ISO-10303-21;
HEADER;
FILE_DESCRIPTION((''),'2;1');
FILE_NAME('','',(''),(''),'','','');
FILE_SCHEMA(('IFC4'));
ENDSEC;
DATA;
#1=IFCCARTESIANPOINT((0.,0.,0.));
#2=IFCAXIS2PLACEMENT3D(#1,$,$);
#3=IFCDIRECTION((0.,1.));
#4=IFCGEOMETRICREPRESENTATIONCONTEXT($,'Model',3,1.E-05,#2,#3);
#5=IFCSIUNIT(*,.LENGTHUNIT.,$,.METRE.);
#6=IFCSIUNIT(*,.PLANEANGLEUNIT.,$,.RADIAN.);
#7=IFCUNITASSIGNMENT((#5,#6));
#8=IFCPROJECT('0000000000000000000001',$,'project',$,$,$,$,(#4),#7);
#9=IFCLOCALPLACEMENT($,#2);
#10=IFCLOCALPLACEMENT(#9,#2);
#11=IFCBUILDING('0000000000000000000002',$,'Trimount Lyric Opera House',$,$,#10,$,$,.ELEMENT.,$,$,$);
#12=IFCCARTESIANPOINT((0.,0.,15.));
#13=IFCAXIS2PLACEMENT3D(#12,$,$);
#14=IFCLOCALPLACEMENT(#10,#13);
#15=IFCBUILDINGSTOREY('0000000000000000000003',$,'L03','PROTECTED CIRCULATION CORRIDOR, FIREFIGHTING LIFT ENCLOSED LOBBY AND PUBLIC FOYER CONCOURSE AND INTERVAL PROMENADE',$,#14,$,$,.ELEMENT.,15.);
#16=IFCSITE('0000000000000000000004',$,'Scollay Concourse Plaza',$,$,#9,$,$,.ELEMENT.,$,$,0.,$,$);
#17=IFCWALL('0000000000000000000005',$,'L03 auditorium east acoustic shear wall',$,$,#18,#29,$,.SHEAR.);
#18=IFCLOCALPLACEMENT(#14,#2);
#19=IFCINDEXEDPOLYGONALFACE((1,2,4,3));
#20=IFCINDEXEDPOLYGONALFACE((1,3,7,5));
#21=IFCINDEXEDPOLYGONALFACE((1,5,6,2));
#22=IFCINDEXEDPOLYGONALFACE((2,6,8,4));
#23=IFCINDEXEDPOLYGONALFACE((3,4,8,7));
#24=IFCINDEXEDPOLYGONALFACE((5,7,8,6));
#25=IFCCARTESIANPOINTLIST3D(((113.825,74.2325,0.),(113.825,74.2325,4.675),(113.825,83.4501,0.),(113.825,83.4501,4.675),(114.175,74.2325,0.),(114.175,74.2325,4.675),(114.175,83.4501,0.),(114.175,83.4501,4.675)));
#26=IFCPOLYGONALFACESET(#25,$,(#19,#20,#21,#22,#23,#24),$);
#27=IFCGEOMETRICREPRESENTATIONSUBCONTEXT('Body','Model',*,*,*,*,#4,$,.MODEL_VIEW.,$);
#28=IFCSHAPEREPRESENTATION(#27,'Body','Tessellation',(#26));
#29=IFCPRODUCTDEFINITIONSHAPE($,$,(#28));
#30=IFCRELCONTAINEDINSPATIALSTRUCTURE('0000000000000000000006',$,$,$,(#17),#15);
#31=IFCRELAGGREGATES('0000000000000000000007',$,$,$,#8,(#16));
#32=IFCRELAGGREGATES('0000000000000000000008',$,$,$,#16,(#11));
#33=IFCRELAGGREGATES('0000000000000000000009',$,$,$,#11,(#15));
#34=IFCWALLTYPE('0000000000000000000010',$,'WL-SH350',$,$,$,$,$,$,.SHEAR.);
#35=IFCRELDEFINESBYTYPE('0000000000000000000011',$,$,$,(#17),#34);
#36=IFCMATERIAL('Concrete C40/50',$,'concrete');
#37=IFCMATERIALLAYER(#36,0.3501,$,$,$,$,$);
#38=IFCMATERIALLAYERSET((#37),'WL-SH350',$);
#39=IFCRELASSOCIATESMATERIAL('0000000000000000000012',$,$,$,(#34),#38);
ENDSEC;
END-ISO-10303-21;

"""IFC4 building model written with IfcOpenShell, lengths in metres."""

from ifc_helpers import new_model, si_unit, direction, frame, frame_2d, origin, place, context, subcontext, project, spatial, rectangle, extrude, material, layer, layer_set, type_object, element, save


model = new_model("IFC4")

# Units and contexts
model_context = context("Model", 3, precision=1e-05, world=origin(), true_north=direction((0.0, 1.0)))
body_context = subcontext(model_context, "Body", "Model", "MODEL_VIEW")
ifc_project = project(units=[si_unit("LENGTHUNIT", "METRE"), si_unit("PLANEANGLEUNIT", "RADIAN")], contexts=[model_context])

# Site, building, storey
site_placement = place(None, origin())
site = spatial("IfcSite", under=ifc_project, at=site_placement, Name="Scollay Concourse Plaza", CompositionType="ELEMENT", RefElevation=0.0)
building_placement = place(site_placement, origin())
building = spatial("IfcBuilding", under=site, at=building_placement, Name="Trimount Lyric Opera House", CompositionType="ELEMENT")
storey_placement = place(building_placement, frame((0.0, 0.0, 15.0)))
storey = spatial("IfcBuildingStorey", under=building, at=storey_placement, Name="L03", Description="PROTECTED CIRCULATION CORRIDOR, FIREFIGHTING LIFT ENCLOSED LOBBY AND PUBLIC FOYER CONCOURSE AND INTERVAL PROMENADE", CompositionType="ELEMENT", Elevation=15.0)

# Wall
ifc_material_1 = material(Name="Concrete C40/50", Category="concrete")
ifc_layer_1 = layer(ifc_material_1, 0.3501)
ifc_layer_set_1 = layer_set([ifc_layer_1], Name="WL-SH350")
wall_type_1 = type_object("IfcWallType", Name="WL-SH350", PredefinedType="SHEAR", material=ifc_layer_set_1)
for number, where, z_axis, x_axis, name in (
    (1, (114.0, 74.2324, 0.0), (0.0, 0.0, 1.0), (0.0, 1.0, 0.0), "L03 auditorium east acoustic shear wall"),
):
    element("IfcWall", number, at=place(storey_placement, frame(where, z_axis=z_axis, x_axis=x_axis)), inside=storey, type_object=wall_type_1, Name=name, PredefinedType="SHEAR", context=body_context, shape_type="SweptSolid", body=[
        extrude(rectangle(XDim=9.2175, YDim=0.3501, at=frame_2d((4.6089, 0.0))), origin(), (0.0, 0.0, 1.0), 4.675),
    ])

save(model, "model.ifc")
